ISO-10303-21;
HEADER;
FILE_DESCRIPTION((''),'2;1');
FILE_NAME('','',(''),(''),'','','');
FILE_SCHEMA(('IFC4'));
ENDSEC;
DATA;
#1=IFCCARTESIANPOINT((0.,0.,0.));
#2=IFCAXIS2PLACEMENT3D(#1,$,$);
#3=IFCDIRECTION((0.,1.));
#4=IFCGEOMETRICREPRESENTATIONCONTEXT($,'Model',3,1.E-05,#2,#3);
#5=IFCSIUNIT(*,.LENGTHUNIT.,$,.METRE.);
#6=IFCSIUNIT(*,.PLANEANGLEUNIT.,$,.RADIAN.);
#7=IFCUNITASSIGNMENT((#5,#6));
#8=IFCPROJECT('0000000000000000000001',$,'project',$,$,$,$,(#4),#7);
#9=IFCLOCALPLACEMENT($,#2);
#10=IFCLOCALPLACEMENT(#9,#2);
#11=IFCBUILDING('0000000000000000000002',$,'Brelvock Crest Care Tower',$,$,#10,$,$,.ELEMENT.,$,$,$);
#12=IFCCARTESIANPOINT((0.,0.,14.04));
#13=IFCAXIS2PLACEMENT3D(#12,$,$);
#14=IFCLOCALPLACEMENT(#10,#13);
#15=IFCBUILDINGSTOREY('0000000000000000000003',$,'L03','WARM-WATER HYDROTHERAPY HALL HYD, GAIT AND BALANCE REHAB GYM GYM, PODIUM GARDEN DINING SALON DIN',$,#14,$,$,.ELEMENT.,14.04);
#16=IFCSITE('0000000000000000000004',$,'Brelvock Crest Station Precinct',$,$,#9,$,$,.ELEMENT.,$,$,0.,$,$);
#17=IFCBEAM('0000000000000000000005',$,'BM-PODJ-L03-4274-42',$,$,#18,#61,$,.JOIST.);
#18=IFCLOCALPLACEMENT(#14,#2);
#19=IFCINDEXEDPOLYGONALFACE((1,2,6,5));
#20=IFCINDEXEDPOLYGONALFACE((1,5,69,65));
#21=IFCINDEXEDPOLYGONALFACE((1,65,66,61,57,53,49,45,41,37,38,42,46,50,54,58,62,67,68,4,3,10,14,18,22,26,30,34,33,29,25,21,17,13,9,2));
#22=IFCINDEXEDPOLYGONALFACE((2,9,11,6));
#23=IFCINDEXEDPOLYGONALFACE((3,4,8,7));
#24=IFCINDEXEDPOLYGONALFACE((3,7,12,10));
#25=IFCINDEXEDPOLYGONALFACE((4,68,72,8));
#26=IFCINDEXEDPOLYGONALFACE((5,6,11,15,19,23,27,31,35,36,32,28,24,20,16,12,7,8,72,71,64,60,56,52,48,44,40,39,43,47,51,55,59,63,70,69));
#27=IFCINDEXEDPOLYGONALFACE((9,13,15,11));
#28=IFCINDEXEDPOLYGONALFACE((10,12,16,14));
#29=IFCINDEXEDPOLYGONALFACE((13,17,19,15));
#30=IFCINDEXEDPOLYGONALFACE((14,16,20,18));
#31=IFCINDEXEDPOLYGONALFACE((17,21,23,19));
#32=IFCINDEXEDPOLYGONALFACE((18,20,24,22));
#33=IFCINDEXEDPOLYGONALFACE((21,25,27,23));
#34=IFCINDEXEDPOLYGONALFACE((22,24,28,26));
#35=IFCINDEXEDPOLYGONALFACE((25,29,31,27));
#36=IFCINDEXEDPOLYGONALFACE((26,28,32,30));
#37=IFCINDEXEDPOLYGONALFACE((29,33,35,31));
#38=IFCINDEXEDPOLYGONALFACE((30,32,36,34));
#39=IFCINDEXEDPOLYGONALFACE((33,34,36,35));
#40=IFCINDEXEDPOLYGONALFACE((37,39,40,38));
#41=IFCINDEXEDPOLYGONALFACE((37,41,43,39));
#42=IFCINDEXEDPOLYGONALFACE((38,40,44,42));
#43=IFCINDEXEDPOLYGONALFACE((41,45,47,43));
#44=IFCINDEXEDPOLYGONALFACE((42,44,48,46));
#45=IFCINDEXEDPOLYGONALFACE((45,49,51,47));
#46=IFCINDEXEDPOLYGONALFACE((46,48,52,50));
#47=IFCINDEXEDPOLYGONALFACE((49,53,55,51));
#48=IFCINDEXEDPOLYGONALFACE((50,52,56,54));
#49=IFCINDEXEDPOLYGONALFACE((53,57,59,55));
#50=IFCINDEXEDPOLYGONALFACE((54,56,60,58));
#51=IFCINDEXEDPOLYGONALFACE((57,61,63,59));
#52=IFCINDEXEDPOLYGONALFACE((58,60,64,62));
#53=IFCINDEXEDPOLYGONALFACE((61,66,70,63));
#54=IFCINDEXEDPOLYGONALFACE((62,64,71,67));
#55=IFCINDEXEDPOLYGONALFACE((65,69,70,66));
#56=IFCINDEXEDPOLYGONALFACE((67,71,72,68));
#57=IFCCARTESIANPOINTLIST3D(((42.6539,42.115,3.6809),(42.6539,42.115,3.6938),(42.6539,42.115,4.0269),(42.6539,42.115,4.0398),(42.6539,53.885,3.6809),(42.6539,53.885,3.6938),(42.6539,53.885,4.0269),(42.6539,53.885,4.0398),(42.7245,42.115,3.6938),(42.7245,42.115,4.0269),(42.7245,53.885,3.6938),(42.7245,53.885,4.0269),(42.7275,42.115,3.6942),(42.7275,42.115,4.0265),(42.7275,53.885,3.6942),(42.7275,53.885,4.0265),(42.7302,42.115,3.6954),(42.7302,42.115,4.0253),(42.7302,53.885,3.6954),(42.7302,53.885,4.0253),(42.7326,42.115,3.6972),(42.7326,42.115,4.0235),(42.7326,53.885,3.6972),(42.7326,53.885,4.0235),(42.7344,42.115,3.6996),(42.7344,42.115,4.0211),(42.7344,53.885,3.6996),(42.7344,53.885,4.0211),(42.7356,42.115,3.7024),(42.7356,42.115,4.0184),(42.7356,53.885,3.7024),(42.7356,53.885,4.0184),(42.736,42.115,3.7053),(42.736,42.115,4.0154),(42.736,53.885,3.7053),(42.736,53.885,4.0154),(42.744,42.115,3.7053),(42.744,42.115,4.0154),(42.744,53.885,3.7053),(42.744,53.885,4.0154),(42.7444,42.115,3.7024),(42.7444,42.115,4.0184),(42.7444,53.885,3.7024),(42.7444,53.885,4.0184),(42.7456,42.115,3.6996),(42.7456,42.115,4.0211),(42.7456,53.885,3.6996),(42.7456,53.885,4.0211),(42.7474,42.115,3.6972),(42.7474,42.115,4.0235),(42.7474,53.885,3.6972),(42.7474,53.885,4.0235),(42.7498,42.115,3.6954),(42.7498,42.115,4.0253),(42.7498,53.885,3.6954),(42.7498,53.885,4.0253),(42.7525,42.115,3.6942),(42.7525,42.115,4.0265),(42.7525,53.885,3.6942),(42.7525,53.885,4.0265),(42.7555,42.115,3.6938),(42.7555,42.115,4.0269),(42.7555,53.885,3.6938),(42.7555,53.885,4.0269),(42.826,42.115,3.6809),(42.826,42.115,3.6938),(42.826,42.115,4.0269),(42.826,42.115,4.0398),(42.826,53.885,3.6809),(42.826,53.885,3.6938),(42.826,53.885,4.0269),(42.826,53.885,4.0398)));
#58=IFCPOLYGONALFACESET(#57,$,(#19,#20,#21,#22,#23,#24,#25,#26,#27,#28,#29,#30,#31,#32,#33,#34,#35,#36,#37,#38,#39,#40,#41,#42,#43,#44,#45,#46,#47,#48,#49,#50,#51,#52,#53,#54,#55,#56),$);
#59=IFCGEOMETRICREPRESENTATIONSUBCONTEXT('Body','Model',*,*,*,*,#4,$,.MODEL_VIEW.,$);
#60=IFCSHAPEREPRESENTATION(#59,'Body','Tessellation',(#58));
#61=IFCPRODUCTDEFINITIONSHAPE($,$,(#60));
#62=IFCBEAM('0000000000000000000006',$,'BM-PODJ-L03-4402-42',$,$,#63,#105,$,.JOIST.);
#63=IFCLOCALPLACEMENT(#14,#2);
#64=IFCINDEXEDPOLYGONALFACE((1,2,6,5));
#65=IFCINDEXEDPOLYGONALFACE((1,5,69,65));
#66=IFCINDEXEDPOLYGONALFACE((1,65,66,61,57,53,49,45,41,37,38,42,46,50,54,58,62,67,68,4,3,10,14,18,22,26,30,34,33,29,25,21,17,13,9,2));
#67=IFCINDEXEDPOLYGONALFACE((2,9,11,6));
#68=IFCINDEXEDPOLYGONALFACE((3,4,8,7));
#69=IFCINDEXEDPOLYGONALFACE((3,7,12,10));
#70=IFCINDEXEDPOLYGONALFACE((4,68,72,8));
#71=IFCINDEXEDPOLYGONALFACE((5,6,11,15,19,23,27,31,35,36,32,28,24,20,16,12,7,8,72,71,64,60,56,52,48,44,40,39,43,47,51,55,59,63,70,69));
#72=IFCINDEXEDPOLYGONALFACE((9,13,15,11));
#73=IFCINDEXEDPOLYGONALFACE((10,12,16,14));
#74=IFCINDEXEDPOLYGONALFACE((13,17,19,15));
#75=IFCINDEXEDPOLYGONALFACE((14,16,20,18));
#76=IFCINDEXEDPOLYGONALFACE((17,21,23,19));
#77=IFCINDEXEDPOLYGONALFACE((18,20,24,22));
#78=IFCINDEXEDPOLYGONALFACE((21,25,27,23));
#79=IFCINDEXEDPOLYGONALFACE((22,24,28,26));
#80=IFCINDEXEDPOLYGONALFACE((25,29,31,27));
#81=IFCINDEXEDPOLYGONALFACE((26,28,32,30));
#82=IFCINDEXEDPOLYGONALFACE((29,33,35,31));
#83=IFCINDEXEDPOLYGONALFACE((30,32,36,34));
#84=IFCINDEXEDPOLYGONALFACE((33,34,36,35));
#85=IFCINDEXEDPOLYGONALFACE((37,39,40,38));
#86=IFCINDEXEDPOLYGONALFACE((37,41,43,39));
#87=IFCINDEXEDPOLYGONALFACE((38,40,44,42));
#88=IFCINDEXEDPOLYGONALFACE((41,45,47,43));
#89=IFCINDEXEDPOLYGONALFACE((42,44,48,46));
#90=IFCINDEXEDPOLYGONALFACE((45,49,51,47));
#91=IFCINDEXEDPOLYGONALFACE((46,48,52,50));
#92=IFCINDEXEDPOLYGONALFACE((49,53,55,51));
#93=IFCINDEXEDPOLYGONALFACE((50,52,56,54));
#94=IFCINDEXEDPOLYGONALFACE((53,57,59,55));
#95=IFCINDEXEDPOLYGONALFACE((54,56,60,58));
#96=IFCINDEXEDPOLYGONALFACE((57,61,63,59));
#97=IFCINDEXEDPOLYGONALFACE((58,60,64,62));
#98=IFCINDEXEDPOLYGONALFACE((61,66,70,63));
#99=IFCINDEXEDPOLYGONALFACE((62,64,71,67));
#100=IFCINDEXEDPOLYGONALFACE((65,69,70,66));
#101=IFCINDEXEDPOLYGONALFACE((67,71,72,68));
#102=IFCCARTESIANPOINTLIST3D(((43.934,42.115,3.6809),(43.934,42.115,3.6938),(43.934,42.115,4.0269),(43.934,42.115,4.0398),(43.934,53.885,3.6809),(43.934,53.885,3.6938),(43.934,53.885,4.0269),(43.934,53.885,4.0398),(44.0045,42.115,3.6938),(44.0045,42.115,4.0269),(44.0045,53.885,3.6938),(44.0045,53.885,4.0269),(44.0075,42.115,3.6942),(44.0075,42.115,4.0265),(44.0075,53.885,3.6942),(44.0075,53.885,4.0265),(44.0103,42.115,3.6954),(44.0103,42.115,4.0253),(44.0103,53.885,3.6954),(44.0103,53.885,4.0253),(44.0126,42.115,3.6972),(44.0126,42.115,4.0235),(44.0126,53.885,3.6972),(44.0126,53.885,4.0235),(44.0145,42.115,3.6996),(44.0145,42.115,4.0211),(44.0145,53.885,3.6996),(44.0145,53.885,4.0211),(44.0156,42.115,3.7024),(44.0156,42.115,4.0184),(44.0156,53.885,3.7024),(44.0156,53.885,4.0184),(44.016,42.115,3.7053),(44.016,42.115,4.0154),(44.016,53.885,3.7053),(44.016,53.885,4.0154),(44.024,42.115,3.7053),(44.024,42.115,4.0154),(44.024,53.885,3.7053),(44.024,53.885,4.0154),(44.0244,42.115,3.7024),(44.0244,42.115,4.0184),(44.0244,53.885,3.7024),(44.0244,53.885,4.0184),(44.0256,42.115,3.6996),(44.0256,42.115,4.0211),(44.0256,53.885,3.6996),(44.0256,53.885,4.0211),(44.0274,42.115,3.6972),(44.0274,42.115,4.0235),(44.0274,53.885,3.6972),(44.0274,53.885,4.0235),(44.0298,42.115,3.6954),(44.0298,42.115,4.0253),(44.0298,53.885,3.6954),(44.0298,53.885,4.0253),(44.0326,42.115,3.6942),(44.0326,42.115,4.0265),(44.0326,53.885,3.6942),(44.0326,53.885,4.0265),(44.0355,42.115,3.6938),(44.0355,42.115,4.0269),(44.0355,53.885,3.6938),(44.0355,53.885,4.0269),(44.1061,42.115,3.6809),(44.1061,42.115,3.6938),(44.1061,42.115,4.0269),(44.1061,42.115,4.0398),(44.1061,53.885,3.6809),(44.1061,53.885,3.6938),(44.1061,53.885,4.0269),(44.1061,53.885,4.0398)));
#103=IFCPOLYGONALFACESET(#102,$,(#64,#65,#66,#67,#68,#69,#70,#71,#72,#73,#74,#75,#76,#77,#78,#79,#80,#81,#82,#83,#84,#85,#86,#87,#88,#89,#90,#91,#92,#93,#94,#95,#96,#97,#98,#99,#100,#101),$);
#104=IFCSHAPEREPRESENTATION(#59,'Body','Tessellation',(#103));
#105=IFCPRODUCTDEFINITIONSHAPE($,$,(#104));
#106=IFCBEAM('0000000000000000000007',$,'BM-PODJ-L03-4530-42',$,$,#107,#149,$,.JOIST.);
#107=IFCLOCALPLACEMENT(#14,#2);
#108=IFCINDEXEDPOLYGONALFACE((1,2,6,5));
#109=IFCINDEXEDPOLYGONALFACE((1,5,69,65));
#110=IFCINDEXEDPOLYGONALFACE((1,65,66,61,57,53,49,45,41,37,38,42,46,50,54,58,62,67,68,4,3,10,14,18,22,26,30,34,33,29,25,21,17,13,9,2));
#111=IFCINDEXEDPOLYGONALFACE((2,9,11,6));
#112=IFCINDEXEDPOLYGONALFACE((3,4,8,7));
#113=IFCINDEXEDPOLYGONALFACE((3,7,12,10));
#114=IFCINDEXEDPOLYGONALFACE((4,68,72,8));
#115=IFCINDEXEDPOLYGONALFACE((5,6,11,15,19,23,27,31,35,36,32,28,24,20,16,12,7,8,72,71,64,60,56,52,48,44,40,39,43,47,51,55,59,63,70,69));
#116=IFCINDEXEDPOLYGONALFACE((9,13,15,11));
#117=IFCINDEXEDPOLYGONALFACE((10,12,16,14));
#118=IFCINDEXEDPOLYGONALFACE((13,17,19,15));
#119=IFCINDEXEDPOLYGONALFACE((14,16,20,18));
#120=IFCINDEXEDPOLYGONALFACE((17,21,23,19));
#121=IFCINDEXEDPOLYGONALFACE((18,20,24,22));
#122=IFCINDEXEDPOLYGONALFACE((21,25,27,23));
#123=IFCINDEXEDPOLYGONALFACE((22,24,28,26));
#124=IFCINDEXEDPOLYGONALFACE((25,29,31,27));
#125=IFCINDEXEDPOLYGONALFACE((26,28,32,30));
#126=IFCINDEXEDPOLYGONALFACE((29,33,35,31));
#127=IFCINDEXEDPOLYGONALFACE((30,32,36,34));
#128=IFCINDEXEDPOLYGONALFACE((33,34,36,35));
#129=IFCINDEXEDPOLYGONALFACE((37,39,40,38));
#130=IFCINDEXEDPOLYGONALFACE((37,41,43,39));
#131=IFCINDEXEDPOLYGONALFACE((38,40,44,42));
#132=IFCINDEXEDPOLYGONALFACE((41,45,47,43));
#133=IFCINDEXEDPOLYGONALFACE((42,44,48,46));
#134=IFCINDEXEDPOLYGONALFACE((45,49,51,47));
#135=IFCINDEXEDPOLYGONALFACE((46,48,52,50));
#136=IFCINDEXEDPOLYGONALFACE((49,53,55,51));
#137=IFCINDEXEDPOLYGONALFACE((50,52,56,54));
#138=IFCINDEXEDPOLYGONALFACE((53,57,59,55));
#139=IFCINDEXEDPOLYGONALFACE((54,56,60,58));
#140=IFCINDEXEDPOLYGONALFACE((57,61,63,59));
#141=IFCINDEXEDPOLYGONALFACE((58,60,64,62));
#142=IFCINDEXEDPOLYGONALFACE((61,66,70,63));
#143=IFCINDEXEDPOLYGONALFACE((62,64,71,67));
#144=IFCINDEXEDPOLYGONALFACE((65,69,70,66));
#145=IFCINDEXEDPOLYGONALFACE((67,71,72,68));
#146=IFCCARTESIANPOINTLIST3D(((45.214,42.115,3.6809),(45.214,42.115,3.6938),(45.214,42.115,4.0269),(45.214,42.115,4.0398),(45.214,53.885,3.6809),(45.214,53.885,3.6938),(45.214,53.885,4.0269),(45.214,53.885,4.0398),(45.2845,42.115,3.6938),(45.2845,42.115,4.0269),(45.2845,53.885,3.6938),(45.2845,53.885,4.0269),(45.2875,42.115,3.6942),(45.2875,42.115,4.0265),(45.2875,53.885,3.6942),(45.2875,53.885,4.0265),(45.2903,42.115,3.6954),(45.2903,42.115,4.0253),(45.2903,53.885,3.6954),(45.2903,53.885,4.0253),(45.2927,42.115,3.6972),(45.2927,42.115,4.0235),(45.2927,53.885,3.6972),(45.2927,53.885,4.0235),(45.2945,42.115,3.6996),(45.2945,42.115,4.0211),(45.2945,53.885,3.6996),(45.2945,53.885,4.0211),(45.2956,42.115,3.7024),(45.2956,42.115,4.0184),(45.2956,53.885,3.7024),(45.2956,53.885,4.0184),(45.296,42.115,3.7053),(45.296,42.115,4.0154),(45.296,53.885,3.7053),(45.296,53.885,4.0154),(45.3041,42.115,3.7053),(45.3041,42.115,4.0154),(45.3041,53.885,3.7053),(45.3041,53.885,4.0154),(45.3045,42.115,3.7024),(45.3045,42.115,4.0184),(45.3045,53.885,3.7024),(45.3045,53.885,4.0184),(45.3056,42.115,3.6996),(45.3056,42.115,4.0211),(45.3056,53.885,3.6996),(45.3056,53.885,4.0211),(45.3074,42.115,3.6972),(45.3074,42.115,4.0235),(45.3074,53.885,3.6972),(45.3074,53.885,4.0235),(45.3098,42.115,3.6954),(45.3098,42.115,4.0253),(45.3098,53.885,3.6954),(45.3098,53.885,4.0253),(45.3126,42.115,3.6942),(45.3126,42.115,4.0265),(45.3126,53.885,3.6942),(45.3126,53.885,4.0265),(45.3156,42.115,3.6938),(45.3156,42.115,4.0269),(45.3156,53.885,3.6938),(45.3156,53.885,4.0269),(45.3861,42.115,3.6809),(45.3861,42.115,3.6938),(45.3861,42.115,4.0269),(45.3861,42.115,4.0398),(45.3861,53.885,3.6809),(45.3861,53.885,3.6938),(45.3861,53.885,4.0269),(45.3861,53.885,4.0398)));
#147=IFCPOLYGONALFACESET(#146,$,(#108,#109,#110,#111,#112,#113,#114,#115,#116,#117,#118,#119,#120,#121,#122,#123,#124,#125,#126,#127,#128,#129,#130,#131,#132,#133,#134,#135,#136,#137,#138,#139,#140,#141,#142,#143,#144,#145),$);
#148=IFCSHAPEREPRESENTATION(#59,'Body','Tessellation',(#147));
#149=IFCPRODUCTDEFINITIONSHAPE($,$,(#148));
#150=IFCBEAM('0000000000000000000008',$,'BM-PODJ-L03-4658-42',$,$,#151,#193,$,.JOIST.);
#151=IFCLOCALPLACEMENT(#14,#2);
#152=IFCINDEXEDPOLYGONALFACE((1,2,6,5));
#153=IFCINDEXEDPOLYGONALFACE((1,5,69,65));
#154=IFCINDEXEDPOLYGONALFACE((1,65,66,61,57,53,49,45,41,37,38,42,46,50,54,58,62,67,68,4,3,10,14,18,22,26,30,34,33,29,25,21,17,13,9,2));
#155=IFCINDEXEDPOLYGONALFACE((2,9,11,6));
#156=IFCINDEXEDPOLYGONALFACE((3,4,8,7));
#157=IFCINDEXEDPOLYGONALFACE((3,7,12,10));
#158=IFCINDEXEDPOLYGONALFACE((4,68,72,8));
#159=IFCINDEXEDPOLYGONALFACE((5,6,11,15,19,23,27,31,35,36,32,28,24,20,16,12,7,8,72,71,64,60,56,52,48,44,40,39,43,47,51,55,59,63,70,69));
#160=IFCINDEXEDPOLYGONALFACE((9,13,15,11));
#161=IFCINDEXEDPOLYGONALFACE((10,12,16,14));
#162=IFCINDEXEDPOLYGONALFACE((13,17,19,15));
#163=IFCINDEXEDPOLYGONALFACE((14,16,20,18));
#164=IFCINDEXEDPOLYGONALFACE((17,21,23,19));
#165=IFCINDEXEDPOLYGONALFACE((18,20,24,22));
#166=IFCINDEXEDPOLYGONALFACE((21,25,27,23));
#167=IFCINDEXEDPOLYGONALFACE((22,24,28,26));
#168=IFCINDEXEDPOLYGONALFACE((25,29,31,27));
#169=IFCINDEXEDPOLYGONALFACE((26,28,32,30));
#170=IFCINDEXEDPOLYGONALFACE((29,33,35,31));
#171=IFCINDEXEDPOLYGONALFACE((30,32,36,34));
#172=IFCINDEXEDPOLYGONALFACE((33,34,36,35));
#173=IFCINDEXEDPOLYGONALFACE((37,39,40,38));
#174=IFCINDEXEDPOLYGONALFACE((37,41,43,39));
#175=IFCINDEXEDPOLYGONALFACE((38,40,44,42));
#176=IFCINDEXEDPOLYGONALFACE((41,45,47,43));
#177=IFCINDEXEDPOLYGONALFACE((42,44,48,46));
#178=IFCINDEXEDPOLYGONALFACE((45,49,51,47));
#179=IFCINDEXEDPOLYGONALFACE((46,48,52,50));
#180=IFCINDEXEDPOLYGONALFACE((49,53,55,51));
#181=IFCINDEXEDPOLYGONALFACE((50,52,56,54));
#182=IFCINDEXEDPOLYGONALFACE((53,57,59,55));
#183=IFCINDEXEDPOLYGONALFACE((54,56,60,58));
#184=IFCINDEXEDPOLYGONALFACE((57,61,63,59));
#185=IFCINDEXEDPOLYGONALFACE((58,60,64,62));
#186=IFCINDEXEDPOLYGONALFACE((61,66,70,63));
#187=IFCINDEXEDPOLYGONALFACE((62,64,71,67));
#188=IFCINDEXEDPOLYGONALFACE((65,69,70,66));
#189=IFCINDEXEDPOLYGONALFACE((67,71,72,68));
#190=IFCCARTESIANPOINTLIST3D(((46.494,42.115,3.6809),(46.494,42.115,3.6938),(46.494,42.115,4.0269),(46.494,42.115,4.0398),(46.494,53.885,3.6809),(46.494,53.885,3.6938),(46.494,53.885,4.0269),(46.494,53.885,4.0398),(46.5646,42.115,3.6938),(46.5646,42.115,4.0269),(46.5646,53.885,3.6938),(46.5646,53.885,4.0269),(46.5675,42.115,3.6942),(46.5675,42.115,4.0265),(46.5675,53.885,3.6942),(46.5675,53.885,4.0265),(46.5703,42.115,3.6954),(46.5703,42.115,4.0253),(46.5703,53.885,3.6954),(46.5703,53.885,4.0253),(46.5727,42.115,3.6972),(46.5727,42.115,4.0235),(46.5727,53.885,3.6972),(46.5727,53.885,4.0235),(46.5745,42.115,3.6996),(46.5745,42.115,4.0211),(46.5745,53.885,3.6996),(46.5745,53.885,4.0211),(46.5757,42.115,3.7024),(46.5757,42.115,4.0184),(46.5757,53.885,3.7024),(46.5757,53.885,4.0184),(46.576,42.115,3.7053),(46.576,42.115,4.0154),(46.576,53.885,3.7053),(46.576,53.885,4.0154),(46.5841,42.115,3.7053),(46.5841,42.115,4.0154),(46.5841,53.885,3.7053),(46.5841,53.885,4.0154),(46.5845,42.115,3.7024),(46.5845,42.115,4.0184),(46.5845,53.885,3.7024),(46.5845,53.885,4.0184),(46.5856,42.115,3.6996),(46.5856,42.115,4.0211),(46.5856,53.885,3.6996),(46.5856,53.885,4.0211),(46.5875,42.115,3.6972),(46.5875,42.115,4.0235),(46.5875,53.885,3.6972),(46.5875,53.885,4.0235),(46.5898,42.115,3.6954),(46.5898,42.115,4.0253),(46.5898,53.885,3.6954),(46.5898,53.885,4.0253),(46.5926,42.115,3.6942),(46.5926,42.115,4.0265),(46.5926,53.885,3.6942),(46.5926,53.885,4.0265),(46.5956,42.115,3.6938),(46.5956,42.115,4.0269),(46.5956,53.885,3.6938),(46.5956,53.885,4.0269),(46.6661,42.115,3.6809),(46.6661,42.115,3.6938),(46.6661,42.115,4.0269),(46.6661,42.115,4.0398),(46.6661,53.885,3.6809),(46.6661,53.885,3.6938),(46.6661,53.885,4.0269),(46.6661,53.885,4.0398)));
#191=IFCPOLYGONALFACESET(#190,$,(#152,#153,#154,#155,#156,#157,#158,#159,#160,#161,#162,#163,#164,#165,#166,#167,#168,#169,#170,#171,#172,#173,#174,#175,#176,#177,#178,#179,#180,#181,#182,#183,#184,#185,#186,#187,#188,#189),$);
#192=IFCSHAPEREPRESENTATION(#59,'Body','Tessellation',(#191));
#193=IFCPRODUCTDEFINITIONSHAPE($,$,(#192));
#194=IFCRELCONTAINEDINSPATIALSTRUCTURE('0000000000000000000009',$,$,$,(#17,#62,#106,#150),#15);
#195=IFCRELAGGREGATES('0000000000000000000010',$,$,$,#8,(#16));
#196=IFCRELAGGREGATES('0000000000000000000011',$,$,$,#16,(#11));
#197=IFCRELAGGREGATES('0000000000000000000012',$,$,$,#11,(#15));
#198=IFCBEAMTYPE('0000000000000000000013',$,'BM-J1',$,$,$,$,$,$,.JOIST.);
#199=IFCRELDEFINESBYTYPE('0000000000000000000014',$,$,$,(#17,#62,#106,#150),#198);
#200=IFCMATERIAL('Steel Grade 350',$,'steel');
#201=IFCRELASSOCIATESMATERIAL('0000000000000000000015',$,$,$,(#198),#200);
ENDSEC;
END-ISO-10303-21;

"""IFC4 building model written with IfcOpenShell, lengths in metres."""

from ifc_helpers import new_model, si_unit, direction, frame, origin, origin_2d, place, context, subcontext, project, spatial, i_section, extrude, source, transform, mapped, material, material_profile, profile_set, type_object, element, save


model = new_model("IFC4")

# Units and contexts
model_context = context("Model", 3, precision=1e-05, world=origin(), true_north=direction((0.0, 1.0)))
body_context = subcontext(model_context, "Body", "Model", "MODEL_VIEW")
ifc_project = project(units=[si_unit("LENGTHUNIT", "METRE"), si_unit("PLANEANGLEUNIT", "RADIAN")], contexts=[model_context])

# Site, building, storey
site_placement = place(None, origin())
site = spatial("IfcSite", under=ifc_project, at=site_placement, Name="Brelvock Crest Station Precinct", CompositionType="ELEMENT", RefElevation=0.0)
building_placement = place(site_placement, origin())
building = spatial("IfcBuilding", under=site, at=building_placement, Name="Brelvock Crest Care Tower", CompositionType="ELEMENT")
storey_placement = place(building_placement, frame((0.0, 0.0, 14.04)))
storey = spatial("IfcBuildingStorey", under=building, at=storey_placement, Name="L03", Description="WARM-WATER HYDROTHERAPY HALL HYD, GAIT AND BALANCE REHAB GYM GYM, PODIUM GARDEN DINING SALON DIN", CompositionType="ELEMENT", Elevation=14.04)

# Shared definitions
ifc_material_1 = material(Name="Steel Grade 350", Category="steel")

# Beams
ifc_material_profile_1 = material_profile(ifc_material_1, i_section(OverallWidth=0.1721, OverallDepth=0.3589, WebThickness=0.0081, FlangeThickness=0.0129, FilletRadius=0.0115, at=origin_2d()), Name="360UB56.7")
ifc_profile_set_1 = profile_set([ifc_material_profile_1], Name="Steel Grade 350")
beam_type_1 = type_object("IfcBeamType", Name="BM-J1", PredefinedType="JOIST", material=ifc_profile_set_1)
shared_shape_1 = source(origin(), body_context, "Body", "SweptSolid", [
    extrude(i_section(OverallWidth=0.1721, OverallDepth=0.3589, WebThickness=0.0081, FlangeThickness=0.0129, FilletRadius=0.0115, at=origin_2d()), origin(), (0.0, 0.0, 1.0), 11.77),
])
for number, where, z_axis, x_axis, name in (
    (1, (42.74, 42.115, 3.8604), (0.0, 1.0, 0.0), (-1.0, 0.0, 0.0), "BM-PODJ-L03-4274-42"),
    (2, (44.02, 42.115, 3.8604), (0.0, 1.0, 0.0), (-1.0, 0.0, 0.0), "BM-PODJ-L03-4402-42"),
    (3, (45.3, 42.115, 3.8604), (0.0, 1.0, 0.0), (-1.0, 0.0, 0.0), "BM-PODJ-L03-4530-42"),
    (4, (46.5801, 42.115, 3.8604), (0.0, 1.0, 0.0), (-1.0, 0.0, 0.0), "BM-PODJ-L03-4658-42"),
):
    element("IfcBeam", number, at=place(storey_placement, frame(where, z_axis=z_axis, x_axis=x_axis)), inside=storey, type_object=beam_type_1, Name=name, PredefinedType="JOIST", context=body_context, shape_type="MappedRepresentation", body=[
        mapped(shared_shape_1, transform((0.0, 0.0, 0.0), x_axis=(1.0, 0.0, 0.0), y_axis=(0.0, 1.0, 0.0), z_axis=(0.0, 0.0, 1.0), scale=1.0)),
    ])

save(model, "model.ifc")
